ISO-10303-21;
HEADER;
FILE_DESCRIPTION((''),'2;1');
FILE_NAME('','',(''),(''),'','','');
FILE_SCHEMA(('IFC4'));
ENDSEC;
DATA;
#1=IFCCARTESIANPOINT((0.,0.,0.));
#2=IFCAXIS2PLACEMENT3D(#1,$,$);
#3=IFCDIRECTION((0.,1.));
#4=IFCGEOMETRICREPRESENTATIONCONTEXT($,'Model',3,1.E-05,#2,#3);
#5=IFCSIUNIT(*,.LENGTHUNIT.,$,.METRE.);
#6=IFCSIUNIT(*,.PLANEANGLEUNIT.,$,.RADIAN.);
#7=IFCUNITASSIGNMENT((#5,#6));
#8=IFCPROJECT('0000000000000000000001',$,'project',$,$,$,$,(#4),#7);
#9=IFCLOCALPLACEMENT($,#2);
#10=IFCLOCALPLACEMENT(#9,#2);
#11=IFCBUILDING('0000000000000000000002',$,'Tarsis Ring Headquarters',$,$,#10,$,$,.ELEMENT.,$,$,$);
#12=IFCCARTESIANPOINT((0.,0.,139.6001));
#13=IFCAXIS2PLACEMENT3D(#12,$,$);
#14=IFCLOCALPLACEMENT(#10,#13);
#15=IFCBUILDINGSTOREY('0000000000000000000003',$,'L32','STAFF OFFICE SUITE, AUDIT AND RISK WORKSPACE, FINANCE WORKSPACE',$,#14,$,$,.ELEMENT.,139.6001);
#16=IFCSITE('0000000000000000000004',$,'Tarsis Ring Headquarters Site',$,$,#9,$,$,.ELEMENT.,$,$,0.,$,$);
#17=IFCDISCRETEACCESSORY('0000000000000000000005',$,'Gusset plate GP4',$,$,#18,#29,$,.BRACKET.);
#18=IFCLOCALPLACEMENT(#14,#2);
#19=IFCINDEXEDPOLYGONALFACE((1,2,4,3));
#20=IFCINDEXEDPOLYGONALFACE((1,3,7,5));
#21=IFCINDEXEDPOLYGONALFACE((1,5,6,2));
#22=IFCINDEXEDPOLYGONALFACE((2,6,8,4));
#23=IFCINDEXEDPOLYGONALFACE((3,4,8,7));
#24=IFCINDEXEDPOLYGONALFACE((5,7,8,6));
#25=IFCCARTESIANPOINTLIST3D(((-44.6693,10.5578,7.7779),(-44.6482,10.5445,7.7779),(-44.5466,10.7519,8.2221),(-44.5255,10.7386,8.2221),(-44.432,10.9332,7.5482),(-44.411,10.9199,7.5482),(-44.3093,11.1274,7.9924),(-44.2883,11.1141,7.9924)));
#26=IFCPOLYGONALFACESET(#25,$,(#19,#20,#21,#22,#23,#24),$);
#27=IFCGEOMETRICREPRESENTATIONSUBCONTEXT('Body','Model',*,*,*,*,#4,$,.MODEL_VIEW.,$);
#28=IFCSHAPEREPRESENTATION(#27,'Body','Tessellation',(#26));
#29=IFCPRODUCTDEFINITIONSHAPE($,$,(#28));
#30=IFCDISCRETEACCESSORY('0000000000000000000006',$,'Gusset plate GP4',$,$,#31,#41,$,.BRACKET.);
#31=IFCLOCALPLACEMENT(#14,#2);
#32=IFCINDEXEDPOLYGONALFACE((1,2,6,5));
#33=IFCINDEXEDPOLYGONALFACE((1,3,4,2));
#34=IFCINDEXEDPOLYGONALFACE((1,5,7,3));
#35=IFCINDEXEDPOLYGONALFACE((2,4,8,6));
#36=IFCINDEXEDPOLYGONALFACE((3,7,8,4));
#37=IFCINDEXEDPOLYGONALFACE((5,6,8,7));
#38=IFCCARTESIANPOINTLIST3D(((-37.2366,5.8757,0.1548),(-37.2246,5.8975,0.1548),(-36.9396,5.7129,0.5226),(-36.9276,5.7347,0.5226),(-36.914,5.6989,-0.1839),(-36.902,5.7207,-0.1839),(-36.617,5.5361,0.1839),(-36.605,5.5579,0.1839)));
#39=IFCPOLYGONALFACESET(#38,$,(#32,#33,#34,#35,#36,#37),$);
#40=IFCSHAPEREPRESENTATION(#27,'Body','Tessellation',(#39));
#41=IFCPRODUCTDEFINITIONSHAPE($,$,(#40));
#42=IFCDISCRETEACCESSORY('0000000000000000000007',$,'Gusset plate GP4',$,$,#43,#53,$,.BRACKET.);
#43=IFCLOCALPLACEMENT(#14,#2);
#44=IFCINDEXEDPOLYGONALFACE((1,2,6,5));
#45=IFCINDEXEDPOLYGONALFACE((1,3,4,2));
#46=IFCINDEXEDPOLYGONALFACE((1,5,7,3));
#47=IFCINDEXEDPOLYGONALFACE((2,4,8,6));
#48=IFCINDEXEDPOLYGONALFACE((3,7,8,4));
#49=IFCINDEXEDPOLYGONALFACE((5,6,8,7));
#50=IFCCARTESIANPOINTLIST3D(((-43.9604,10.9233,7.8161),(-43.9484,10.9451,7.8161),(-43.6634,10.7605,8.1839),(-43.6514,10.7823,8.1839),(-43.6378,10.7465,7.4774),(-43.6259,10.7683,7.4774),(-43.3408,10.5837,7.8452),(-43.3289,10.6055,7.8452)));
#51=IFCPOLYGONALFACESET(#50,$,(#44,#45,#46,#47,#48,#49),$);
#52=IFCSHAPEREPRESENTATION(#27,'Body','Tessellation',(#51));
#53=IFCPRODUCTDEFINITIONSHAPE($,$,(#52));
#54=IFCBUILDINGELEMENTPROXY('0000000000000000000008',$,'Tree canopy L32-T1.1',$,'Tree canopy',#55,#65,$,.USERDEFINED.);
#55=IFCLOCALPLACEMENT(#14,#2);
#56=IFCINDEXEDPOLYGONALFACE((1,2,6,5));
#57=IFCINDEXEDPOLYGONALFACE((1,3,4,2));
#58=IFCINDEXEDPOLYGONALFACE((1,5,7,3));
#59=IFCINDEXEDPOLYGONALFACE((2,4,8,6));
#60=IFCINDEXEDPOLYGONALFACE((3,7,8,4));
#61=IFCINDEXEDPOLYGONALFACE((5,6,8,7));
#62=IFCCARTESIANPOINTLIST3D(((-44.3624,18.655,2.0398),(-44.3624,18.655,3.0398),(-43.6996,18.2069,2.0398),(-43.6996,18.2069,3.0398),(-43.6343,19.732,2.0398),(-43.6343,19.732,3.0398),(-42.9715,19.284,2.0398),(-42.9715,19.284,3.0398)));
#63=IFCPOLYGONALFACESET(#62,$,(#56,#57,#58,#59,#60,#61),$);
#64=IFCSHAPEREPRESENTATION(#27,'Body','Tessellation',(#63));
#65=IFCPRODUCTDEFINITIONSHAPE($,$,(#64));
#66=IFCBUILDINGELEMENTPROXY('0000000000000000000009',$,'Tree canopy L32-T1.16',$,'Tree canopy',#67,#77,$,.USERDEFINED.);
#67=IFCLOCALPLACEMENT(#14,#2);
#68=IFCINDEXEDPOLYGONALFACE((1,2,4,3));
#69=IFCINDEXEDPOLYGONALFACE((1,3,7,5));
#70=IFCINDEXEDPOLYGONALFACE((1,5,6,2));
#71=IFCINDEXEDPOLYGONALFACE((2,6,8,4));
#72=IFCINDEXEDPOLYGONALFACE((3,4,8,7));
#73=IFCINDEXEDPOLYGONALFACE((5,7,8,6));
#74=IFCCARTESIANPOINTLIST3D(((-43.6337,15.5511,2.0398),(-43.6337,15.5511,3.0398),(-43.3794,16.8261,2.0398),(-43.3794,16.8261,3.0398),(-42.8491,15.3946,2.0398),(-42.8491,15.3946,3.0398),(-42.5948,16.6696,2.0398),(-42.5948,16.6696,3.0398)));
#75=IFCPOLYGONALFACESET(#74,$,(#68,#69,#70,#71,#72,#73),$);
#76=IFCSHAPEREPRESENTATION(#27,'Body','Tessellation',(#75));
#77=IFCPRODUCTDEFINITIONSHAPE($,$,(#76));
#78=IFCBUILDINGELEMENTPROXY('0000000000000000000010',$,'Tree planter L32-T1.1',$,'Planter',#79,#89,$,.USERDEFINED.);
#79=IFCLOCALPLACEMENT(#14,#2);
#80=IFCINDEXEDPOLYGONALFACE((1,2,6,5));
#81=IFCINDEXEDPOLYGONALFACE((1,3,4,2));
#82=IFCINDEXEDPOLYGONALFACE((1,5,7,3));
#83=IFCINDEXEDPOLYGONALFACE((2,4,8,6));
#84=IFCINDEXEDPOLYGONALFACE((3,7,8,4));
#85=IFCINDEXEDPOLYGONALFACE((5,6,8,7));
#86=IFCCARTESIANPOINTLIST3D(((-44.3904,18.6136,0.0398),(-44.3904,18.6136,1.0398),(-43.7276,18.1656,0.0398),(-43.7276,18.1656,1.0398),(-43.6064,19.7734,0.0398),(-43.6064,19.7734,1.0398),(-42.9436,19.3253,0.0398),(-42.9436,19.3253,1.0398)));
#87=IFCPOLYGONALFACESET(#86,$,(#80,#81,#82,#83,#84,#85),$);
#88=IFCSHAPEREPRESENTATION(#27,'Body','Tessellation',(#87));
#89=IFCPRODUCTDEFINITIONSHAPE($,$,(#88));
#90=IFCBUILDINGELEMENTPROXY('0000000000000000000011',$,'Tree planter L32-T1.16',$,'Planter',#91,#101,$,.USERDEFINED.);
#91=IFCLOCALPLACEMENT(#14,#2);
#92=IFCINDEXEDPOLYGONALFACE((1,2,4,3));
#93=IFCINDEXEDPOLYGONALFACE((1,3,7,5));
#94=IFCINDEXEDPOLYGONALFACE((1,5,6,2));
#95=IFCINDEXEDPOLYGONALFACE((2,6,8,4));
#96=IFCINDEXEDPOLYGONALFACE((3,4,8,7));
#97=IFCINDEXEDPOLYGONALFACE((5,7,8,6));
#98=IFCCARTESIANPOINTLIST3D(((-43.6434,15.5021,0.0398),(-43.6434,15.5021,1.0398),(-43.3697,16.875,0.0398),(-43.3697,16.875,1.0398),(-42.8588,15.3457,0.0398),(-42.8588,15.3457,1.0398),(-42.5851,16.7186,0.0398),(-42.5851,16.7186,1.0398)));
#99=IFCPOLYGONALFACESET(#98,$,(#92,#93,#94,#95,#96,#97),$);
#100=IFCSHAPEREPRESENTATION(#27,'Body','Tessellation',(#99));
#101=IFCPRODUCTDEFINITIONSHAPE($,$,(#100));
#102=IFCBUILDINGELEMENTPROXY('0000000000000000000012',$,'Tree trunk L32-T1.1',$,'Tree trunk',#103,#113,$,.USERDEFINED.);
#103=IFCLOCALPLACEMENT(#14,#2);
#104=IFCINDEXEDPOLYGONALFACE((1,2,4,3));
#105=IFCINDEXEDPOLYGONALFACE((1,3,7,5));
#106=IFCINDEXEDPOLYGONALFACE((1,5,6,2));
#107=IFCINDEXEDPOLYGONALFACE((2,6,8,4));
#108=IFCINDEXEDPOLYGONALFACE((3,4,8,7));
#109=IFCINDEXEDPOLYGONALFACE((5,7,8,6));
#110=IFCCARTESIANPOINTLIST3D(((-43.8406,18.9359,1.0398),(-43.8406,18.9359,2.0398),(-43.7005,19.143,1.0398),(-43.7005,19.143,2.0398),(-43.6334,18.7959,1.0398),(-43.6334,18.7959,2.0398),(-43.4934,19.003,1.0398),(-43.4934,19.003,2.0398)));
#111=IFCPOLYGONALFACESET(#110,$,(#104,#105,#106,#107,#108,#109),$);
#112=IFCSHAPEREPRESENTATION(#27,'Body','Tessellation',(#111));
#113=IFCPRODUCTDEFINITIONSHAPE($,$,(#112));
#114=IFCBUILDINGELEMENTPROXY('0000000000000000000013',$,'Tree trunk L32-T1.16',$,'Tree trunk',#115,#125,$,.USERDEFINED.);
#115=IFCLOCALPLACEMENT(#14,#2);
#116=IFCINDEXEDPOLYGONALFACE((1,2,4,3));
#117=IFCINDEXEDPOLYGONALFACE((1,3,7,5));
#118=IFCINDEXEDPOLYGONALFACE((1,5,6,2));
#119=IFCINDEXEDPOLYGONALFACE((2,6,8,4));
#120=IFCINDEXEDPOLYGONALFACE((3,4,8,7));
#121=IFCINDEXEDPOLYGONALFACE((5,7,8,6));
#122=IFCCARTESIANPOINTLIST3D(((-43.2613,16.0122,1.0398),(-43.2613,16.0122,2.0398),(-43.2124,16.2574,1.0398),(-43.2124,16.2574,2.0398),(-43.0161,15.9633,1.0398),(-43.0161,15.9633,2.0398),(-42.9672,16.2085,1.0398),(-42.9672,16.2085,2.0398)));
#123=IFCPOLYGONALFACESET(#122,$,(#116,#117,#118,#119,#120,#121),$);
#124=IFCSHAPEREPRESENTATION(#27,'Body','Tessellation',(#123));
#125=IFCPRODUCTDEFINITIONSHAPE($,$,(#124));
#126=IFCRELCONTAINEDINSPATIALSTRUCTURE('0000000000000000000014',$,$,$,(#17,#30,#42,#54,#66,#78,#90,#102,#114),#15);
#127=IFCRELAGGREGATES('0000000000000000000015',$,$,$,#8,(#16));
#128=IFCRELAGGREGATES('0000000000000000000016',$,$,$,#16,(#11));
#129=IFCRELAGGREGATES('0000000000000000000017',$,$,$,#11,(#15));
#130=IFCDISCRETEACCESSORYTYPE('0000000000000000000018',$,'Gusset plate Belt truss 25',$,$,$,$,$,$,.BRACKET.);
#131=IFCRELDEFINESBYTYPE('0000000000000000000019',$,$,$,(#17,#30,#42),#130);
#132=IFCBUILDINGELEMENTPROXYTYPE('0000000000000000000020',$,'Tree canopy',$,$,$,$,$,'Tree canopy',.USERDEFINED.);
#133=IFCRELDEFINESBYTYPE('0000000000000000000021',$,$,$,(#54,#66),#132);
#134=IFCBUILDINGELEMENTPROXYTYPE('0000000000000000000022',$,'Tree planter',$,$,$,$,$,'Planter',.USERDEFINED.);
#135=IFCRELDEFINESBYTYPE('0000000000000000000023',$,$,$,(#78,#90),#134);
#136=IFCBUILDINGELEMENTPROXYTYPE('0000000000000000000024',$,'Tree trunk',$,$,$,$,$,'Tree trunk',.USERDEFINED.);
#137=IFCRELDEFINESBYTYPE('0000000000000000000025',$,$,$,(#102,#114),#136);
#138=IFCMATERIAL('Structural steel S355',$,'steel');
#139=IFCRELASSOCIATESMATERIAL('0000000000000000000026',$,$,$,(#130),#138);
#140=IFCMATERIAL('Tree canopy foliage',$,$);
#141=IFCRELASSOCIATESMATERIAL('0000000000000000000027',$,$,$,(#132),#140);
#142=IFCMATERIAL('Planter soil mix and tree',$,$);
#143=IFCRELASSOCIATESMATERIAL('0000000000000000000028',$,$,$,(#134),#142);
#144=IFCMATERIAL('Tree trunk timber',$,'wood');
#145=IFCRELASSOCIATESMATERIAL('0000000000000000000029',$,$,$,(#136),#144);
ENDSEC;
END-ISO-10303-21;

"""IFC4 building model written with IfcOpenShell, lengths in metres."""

from ifc_helpers import new_model, si_unit, direction, frame, origin, origin_2d, place, context, subcontext, project, spatial, rectangle, extrude, material, material_profile, profile_set, type_object, element, save


model = new_model("IFC4")

# Units and contexts
model_context = context("Model", 3, precision=1e-05, world=origin(), true_north=direction((0.0, 1.0)))
body_context = subcontext(model_context, "Body", "Model", "MODEL_VIEW")
ifc_project = project(units=[si_unit("LENGTHUNIT", "METRE"), si_unit("PLANEANGLEUNIT", "RADIAN")], contexts=[model_context])

# Site, building, storey
site_placement = place(None, origin())
site = spatial("IfcSite", under=ifc_project, at=site_placement, Name="Tarsis Ring Headquarters Site", CompositionType="ELEMENT", RefElevation=0.0)
building_placement = place(site_placement, origin())
building = spatial("IfcBuilding", under=site, at=building_placement, Name="Tarsis Ring Headquarters", CompositionType="ELEMENT")
storey_placement = place(building_placement, frame((0.0, 0.0, 139.6001)))
storey = spatial("IfcBuildingStorey", under=building, at=storey_placement, Name="L32", Description="STAFF OFFICE SUITE, AUDIT AND RISK WORKSPACE, FINANCE WORKSPACE", CompositionType="ELEMENT", Elevation=139.6001)

# Shared definitions
ifc_material_1 = material(Name="Structural steel S355", Category="steel")

# Discrete accessories
ifc_material_profile_1 = material_profile(ifc_material_1, rectangle(XDim=0.0249, YDim=0.5, at=origin_2d()), Name="PL 25x500")
ifc_profile_set_1 = profile_set([ifc_material_profile_1], Name="Structural steel S355")
discrete_accessory_type = type_object("IfcDiscreteAccessoryType", Name="Gusset plate Belt truss 25", PredefinedType="BRACKET", material=ifc_profile_set_1)
for number, where, z_axis, x_axis, name in (
    (1, (-44.5974, 10.6482, 8.0), (0.47453, 0.750851, -0.459396), (-0.845332, 0.534241, 0.0), "Gusset plate GP4"),
    (2, (-36.7595, 5.6284, 0.0), (-0.645121, 0.353571, 0.677353), (-0.480619, -0.87693, 0.0), "Gusset plate GP4"),
    (3, (-43.8059, 10.8528, 8.0), (0.645121, -0.353571, -0.677353), (0.480619, 0.87693, 0.0), "Gusset plate GP4"),
):
    element("IfcDiscreteAccessory", number, at=place(storey_placement, frame(where, z_axis=z_axis, x_axis=x_axis)), inside=storey, type_object=discrete_accessory_type, Name=name, PredefinedType="BRACKET", context=body_context, shape_type="SweptSolid", body=[
        extrude(rectangle(XDim=0.0249, YDim=0.5, at=origin_2d()), origin(), (0.0, 0.0, 1.0), 0.5),
    ])

# Building element proxies
ifc_material_2 = material(Name="Tree canopy foliage")
building_element_proxy_type_1 = type_object("IfcBuildingElementProxyType", Name="Tree canopy", ElementType="Tree canopy", PredefinedType="USERDEFINED", material=ifc_material_2)
for number, where, z_axis, x_axis, name in (
    (4, (-43.667, 18.9695, 2.0398), (0.0, 0.0, 1.0), (0.560061, 0.828452, 0.0), "Tree canopy L32-T1.1"),
    (5, (-43.1143, 16.1104, 2.0398), (0.0, 0.0, 1.0), (0.19557, 0.98069, 0.0), "Tree canopy L32-T1.16"),
):
    element("IfcBuildingElementProxy", number, at=place(storey_placement, frame(where, z_axis=z_axis, x_axis=x_axis)), inside=storey, type_object=building_element_proxy_type_1, Name=name, ObjectType="Tree canopy", PredefinedType="USERDEFINED", context=body_context, shape_type="SweptSolid", body=[
        extrude(rectangle(XDim=1.3, YDim=0.8, at=origin_2d()), origin(), (0.0, 0.0, 1.0), 1.0),
    ])
ifc_material_3 = material(Name="Planter soil mix and tree")
building_element_proxy_type_2 = type_object("IfcBuildingElementProxyType", Name="Tree planter", ElementType="Planter", PredefinedType="USERDEFINED", material=ifc_material_3)
for number, where, z_axis, x_axis, name in (
    (6, (-43.667, 18.9695, 0.0398), (0.0, 0.0, 1.0), (0.560061, 0.828452, 0.0), "Tree planter L32-T1.1"),
    (7, (-43.1143, 16.1104, 0.0398), (0.0, 0.0, 1.0), (0.19557, 0.98069, 0.0), "Tree planter L32-T1.16"),
):
    element("IfcBuildingElementProxy", number, at=place(storey_placement, frame(where, z_axis=z_axis, x_axis=x_axis)), inside=storey, type_object=building_element_proxy_type_2, Name=name, ObjectType="Planter", PredefinedType="USERDEFINED", context=body_context, shape_type="SweptSolid", body=[
        extrude(rectangle(XDim=1.3999, YDim=0.8, at=origin_2d()), origin(), (0.0, 0.0, 1.0), 1.0),
    ])
ifc_material_4 = material(Name="Tree trunk timber", Category="wood")
building_element_proxy_type_3 = type_object("IfcBuildingElementProxyType", Name="Tree trunk", ElementType="Tree trunk", PredefinedType="USERDEFINED", material=ifc_material_4)
for number, where, z_axis, x_axis, name in (
    (8, (-43.667, 18.9695, 1.0398), (0.0, 0.0, 1.0), (0.560061, 0.828452, 0.0), "Tree trunk L32-T1.1"),
    (9, (-43.1143, 16.1104, 1.0398), (0.0, 0.0, 1.0), (0.19557, 0.98069, 0.0), "Tree trunk L32-T1.16"),
):
    element("IfcBuildingElementProxy", number, at=place(storey_placement, frame(where, z_axis=z_axis, x_axis=x_axis)), inside=storey, type_object=building_element_proxy_type_3, Name=name, ObjectType="Tree trunk", PredefinedType="USERDEFINED", context=body_context, shape_type="SweptSolid", body=[
        extrude(rectangle(XDim=0.25, YDim=0.25, at=origin_2d()), origin(), (0.0, 0.0, 1.0), 1.0),
    ])

save(model, "model.ifc")
